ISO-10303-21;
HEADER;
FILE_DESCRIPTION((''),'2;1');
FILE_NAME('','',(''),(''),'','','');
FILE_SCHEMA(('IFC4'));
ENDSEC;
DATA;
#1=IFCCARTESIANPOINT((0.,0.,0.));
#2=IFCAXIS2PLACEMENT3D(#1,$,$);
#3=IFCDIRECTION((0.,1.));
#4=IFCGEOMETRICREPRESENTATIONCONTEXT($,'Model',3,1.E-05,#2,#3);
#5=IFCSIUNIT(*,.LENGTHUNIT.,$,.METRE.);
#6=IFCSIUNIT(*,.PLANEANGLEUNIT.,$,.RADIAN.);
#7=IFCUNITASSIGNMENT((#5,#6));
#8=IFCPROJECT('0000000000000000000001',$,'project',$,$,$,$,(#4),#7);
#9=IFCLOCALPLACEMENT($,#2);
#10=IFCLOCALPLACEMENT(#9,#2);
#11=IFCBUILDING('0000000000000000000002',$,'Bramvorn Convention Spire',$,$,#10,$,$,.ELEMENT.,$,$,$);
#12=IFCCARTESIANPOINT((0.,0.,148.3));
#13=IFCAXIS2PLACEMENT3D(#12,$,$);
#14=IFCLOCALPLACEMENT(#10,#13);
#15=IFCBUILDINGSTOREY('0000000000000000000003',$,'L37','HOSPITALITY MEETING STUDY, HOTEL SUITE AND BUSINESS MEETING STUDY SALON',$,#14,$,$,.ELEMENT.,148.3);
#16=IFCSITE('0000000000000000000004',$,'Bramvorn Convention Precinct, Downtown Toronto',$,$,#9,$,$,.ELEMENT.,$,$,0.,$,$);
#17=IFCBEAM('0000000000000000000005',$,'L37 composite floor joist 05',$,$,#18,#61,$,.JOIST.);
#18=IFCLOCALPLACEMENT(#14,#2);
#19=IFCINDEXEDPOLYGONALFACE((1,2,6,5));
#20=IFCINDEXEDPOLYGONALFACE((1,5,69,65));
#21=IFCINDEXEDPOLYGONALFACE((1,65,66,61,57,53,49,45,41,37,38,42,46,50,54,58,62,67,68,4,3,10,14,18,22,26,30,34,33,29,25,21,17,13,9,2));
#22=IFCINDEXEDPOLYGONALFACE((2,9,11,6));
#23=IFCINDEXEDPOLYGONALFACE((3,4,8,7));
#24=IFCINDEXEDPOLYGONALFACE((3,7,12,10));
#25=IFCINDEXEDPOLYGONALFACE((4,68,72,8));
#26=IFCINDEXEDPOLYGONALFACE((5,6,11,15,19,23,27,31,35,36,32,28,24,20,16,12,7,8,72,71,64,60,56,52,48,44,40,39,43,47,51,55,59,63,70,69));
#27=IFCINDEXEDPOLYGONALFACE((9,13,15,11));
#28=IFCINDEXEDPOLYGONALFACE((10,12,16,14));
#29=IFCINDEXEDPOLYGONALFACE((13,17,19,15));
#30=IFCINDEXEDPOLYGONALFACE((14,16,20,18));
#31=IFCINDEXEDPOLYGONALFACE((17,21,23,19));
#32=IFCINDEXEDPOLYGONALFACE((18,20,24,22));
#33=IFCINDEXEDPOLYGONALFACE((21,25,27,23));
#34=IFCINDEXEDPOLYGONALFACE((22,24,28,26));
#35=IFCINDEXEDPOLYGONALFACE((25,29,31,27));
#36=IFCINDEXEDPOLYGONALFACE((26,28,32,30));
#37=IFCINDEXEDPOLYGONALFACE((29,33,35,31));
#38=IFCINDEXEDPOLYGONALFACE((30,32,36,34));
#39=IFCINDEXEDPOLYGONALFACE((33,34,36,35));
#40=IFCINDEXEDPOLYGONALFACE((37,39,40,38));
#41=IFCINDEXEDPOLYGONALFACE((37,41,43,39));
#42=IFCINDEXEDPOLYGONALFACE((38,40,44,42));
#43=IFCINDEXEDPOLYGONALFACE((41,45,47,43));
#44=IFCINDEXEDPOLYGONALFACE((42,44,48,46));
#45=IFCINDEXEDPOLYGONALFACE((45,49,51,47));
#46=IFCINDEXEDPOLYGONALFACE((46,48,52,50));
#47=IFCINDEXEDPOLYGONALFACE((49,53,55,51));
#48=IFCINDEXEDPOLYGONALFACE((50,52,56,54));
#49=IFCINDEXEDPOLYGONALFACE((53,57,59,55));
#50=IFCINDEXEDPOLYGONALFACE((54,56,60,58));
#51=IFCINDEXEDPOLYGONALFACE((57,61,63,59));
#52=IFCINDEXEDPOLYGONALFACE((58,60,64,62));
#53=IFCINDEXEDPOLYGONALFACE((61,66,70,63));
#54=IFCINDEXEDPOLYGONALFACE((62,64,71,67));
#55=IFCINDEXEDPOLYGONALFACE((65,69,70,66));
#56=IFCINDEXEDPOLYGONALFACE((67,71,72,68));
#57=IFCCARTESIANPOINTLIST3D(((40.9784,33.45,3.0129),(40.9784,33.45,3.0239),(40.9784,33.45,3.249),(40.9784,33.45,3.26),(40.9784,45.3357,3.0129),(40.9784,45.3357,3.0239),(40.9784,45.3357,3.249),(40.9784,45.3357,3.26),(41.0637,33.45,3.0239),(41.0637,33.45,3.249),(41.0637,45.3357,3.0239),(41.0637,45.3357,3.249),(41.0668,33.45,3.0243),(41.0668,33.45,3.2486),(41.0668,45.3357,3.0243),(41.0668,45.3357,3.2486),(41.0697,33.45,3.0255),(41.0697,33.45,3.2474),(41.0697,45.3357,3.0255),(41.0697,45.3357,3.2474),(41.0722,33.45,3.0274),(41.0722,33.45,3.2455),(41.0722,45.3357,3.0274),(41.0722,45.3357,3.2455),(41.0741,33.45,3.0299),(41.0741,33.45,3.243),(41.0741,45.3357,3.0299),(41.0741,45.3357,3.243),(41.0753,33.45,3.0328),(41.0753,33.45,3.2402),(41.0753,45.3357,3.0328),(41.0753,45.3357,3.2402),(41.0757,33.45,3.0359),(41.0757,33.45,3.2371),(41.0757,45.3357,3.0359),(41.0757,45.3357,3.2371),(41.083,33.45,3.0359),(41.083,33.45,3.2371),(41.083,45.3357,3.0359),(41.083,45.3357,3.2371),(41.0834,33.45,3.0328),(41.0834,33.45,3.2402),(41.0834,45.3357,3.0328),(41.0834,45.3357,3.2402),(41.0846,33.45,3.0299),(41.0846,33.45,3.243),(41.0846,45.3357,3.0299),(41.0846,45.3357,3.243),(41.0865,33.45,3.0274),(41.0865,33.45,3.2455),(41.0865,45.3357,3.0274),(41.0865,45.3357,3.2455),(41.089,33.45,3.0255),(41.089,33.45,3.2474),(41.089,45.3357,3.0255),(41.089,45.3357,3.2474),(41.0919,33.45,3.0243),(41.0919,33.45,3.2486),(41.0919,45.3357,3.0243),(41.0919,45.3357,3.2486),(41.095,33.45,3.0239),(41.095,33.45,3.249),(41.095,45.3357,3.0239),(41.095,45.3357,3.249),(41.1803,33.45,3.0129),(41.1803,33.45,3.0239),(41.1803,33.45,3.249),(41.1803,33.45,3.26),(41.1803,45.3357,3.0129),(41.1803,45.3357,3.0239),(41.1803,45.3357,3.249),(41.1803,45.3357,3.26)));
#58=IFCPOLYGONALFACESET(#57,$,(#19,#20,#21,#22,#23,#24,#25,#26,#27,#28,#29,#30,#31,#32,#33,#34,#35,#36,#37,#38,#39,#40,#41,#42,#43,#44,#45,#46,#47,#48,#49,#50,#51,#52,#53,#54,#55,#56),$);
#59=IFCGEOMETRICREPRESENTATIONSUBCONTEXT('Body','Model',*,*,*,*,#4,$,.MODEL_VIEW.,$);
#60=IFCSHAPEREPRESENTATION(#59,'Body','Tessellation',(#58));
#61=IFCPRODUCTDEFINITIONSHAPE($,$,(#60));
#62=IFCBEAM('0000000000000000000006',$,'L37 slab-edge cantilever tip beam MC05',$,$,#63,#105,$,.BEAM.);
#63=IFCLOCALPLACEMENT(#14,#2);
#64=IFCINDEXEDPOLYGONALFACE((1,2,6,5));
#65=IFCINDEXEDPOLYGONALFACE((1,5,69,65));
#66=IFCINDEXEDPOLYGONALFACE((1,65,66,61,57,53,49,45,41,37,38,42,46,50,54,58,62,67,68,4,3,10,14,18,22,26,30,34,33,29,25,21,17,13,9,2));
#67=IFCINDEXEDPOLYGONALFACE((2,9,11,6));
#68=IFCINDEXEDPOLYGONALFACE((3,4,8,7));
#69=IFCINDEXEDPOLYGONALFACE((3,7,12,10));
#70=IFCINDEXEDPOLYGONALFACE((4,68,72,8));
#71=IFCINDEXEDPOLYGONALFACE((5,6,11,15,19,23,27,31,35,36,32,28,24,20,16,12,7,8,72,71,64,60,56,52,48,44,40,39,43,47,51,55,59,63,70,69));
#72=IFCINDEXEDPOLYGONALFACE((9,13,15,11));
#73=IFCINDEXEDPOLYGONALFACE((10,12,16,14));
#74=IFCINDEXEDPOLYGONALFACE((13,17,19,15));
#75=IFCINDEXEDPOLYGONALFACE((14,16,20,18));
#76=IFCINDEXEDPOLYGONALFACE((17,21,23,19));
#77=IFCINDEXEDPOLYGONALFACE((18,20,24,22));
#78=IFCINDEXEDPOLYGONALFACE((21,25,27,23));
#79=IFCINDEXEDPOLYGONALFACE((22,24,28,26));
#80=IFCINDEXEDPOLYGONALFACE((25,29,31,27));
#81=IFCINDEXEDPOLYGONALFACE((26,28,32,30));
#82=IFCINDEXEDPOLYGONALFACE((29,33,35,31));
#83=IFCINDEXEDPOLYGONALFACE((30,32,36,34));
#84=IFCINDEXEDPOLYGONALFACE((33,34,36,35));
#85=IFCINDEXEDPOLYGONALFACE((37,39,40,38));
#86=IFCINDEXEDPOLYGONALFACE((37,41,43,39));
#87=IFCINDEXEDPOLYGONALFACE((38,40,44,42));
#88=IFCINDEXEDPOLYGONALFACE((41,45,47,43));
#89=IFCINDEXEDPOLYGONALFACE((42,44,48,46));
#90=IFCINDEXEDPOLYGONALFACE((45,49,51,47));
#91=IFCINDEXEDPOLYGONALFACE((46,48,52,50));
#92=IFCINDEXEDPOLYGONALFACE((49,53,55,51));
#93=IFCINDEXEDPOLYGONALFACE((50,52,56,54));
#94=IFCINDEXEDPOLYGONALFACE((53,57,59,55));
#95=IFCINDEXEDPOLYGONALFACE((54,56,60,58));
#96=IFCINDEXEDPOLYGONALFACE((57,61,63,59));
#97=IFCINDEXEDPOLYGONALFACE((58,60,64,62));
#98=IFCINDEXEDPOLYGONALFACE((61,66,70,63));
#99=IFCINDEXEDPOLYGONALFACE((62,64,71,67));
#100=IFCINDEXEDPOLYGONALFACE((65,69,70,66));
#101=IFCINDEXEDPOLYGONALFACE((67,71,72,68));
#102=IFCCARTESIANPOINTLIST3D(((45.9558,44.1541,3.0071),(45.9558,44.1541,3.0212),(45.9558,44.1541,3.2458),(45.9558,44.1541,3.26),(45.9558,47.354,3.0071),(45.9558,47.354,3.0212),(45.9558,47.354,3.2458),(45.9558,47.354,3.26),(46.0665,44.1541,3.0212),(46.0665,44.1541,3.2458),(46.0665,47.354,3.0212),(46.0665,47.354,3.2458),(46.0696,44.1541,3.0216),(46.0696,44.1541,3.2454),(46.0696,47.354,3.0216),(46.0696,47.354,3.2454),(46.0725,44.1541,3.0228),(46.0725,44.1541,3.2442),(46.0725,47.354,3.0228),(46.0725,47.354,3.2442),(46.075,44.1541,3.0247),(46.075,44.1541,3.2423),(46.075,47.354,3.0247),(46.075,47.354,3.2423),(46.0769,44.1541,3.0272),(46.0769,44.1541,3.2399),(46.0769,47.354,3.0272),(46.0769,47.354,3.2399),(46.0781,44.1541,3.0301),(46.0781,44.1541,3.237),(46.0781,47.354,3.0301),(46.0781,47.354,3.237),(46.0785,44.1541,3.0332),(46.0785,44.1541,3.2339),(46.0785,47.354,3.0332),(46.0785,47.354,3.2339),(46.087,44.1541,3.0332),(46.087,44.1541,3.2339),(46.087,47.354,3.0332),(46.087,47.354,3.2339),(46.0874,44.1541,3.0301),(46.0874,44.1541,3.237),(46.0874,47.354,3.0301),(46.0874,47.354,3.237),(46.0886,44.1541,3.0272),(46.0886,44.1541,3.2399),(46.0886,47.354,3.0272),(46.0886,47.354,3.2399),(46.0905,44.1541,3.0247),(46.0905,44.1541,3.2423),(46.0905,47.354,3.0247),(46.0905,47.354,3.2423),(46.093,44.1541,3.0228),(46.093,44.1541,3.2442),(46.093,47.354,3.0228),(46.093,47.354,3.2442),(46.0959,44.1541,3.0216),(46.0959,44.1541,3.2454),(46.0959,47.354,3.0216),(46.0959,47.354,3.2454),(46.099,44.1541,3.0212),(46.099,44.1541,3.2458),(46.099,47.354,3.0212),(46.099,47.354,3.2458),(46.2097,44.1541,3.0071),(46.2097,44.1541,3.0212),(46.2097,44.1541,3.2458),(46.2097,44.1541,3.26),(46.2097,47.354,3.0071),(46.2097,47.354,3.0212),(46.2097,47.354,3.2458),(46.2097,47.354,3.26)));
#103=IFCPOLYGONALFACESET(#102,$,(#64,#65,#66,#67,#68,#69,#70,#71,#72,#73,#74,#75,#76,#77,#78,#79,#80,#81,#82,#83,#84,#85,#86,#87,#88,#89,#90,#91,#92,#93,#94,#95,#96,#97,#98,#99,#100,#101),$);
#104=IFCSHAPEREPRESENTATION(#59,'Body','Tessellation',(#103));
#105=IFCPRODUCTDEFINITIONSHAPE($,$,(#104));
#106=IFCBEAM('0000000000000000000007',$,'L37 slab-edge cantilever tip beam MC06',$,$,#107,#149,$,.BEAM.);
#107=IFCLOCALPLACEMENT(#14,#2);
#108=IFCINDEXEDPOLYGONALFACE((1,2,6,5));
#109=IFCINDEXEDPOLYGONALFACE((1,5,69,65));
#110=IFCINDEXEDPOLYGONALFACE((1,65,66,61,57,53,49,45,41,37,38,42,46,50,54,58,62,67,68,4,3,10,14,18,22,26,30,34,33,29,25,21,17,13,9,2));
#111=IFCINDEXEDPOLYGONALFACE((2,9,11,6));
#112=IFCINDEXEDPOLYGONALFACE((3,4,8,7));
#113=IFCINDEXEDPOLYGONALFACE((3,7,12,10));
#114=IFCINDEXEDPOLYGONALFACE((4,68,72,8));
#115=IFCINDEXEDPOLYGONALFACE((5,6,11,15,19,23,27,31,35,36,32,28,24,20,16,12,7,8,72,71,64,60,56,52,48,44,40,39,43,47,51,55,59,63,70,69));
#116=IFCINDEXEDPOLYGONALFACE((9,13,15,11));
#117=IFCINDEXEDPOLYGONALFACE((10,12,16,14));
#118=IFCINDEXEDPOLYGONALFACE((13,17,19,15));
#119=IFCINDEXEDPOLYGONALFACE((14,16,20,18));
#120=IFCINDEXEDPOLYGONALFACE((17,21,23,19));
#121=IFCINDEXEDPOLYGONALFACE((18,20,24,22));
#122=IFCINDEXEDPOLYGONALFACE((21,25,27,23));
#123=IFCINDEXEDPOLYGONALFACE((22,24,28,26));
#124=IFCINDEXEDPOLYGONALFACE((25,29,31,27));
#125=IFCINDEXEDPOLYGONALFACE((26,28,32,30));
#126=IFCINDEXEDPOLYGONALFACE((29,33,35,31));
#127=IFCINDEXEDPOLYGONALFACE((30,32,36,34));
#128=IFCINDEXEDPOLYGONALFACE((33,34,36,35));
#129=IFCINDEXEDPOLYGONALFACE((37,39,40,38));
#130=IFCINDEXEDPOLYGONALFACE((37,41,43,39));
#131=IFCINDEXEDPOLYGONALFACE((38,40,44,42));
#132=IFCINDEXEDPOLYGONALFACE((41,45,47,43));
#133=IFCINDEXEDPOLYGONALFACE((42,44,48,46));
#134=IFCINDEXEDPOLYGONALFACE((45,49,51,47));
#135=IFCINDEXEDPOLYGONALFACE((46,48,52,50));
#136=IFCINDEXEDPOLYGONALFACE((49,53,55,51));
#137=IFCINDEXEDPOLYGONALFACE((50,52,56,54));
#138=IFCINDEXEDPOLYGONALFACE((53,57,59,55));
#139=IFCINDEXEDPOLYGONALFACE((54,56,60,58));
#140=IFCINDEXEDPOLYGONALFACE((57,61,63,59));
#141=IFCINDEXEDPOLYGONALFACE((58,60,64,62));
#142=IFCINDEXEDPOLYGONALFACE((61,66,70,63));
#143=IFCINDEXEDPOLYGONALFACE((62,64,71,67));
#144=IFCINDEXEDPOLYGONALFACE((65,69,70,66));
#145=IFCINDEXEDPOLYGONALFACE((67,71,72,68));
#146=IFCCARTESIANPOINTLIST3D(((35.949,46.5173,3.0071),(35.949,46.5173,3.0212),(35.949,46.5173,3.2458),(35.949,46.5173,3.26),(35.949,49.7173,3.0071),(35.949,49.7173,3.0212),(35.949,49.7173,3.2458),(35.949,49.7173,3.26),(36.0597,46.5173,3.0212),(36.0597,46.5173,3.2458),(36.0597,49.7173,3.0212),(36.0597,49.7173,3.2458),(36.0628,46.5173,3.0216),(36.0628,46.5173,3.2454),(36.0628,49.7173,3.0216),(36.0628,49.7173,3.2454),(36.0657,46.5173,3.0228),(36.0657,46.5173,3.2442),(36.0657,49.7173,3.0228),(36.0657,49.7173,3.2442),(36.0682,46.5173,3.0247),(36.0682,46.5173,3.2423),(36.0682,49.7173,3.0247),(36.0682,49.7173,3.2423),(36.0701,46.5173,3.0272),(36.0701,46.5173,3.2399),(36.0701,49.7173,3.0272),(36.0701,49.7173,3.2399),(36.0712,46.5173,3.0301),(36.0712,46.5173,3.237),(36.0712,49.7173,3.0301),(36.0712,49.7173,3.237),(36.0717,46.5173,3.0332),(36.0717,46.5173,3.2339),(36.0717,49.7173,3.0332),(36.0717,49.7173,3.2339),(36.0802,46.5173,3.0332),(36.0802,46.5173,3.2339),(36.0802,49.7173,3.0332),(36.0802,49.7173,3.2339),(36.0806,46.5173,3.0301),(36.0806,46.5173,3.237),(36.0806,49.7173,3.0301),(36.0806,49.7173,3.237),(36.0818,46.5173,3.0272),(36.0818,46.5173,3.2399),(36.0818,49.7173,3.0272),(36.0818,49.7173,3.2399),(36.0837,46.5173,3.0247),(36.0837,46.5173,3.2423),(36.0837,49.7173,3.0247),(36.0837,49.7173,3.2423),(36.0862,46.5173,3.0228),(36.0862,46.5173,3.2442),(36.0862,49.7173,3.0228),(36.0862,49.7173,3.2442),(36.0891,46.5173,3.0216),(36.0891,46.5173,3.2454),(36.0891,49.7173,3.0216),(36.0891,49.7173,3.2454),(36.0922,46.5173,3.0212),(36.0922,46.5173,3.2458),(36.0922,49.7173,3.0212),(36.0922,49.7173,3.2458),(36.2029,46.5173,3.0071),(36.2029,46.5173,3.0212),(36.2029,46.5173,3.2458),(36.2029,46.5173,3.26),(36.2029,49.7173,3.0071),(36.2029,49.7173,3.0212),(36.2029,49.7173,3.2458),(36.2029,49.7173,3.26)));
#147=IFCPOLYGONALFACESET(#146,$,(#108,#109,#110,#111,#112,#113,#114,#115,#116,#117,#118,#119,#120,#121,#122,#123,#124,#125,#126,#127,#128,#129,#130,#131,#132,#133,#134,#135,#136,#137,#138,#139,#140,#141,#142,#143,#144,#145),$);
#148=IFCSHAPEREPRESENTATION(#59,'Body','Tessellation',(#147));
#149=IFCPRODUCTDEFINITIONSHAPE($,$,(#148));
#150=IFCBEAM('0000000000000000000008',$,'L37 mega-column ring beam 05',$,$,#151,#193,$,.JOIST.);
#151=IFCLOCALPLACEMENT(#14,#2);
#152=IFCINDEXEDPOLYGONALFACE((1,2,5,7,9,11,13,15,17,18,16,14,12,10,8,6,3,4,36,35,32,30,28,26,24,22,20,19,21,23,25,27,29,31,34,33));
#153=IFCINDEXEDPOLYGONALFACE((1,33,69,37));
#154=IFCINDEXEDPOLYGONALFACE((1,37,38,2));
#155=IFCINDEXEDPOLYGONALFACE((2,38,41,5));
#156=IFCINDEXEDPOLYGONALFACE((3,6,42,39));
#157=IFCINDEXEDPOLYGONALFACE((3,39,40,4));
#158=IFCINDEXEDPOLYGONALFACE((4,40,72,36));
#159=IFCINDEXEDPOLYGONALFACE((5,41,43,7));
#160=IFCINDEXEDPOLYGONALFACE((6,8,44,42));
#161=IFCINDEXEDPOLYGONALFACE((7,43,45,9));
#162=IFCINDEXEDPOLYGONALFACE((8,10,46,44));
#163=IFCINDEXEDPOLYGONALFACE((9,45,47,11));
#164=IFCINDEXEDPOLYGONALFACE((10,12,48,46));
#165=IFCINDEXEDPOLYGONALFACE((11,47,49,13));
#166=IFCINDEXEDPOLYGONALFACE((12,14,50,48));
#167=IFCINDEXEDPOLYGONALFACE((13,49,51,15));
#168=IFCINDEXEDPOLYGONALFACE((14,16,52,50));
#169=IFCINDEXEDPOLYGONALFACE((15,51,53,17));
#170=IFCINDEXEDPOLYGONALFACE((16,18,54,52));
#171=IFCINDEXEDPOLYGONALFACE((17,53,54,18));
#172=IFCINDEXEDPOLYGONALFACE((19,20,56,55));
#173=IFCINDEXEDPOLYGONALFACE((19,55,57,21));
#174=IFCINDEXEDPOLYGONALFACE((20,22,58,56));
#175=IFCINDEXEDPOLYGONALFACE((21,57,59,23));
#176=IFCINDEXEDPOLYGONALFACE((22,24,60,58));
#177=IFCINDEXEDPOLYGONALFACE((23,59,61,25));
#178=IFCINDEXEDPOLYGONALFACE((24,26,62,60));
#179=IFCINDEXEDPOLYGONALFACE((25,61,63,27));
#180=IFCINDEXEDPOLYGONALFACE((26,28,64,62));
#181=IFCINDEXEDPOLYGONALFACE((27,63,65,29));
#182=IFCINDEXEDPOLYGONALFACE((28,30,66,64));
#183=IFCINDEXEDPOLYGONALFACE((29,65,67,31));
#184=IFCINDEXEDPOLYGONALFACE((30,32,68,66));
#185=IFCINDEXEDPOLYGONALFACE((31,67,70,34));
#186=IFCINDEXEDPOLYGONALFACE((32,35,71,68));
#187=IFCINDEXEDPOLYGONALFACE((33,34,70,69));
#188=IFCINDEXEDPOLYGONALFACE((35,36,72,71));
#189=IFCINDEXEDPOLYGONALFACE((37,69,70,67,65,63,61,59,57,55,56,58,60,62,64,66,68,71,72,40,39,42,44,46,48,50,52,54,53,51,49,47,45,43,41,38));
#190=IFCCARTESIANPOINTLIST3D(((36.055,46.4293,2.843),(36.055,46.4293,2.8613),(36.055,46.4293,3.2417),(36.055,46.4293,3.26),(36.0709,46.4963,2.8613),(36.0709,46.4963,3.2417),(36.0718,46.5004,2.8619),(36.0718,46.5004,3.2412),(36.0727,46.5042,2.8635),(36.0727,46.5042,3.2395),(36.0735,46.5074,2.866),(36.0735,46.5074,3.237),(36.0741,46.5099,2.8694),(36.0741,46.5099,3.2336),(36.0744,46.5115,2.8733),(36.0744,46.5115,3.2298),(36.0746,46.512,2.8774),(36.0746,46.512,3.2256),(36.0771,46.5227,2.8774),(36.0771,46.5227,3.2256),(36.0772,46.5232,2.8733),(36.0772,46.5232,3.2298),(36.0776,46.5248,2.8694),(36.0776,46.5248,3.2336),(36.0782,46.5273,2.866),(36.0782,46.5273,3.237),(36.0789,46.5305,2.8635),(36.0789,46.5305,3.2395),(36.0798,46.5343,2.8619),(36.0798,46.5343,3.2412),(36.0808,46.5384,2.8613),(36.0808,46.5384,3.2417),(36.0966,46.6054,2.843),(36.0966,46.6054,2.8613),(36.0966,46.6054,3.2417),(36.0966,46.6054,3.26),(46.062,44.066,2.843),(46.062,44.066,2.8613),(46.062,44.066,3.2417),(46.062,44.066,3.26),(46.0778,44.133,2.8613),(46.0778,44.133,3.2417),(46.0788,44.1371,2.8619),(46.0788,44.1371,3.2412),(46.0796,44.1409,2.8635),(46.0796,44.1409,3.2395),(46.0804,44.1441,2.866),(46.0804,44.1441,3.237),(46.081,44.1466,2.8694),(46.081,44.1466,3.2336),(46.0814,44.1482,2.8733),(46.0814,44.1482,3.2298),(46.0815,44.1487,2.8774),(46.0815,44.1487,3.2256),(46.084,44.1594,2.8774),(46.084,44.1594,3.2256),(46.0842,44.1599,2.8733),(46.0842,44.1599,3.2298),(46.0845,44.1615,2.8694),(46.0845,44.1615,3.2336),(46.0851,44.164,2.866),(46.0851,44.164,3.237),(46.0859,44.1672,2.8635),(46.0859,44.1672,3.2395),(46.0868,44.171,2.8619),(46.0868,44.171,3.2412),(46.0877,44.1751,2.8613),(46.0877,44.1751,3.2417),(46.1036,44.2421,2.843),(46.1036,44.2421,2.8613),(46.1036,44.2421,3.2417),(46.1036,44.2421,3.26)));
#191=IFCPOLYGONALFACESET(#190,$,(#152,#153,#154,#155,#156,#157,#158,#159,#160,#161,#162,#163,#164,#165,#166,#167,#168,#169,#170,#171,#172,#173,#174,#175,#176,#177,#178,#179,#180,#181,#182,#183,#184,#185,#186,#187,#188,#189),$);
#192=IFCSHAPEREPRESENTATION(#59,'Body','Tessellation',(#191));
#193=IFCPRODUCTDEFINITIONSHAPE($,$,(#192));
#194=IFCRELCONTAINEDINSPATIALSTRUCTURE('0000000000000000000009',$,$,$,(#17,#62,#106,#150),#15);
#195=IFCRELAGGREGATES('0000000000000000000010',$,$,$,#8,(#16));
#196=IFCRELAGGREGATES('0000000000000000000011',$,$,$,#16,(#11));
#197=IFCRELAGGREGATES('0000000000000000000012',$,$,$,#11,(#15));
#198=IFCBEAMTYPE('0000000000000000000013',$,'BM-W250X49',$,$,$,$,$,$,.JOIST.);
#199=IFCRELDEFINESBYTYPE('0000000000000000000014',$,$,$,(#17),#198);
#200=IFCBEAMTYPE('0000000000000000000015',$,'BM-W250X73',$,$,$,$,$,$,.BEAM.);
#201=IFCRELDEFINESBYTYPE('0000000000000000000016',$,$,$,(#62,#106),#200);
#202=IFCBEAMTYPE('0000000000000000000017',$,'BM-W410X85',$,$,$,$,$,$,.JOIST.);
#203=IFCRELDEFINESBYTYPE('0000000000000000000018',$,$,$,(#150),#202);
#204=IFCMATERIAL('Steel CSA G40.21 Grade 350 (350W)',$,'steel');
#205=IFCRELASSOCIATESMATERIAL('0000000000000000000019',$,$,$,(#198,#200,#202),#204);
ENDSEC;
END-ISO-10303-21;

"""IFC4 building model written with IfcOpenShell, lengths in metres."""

from ifc_helpers import new_model, si_unit, direction, frame, origin, origin_2d, place, context, subcontext, project, spatial, i_section, extrude, material, material_profile, profile_set, type_object, element, save


model = new_model("IFC4")

# Units and contexts
model_context = context("Model", 3, precision=1e-05, world=origin(), true_north=direction((0.0, 1.0)))
body_context = subcontext(model_context, "Body", "Model", "MODEL_VIEW")
ifc_project = project(units=[si_unit("LENGTHUNIT", "METRE"), si_unit("PLANEANGLEUNIT", "RADIAN")], contexts=[model_context])

# Site, building, storey
site_placement = place(None, origin())
site = spatial("IfcSite", under=ifc_project, at=site_placement, Name="Bramvorn Convention Precinct, Downtown Toronto", CompositionType="ELEMENT", RefElevation=0.0)
building_placement = place(site_placement, origin())
building = spatial("IfcBuilding", under=site, at=building_placement, Name="Bramvorn Convention Spire", CompositionType="ELEMENT")
storey_placement = place(building_placement, frame((0.0, 0.0, 148.3)))
storey = spatial("IfcBuildingStorey", under=building, at=storey_placement, Name="L37", Description="HOSPITALITY MEETING STUDY, HOTEL SUITE AND BUSINESS MEETING STUDY SALON", CompositionType="ELEMENT", Elevation=148.3)

# Shared definitions
ifc_material_1 = material(Name="Steel CSA G40.21 Grade 350 (350W)", Category="steel")

# Beams
ifc_material_profile_1 = material_profile(ifc_material_1, i_section(OverallWidth=0.2019, OverallDepth=0.2471, WebThickness=0.0073, FlangeThickness=0.011, FilletRadius=0.012, at=origin_2d()))
ifc_profile_set_1 = profile_set([ifc_material_profile_1], Name="Steel CSA G40.21 Grade 350 (350W) - W250X49")
beam_type_1 = type_object("IfcBeamType", Name="BM-W250X49", PredefinedType="JOIST", material=ifc_profile_set_1)
beam_1_placement = place(storey_placement, frame((41.0793, 33.45, 3.1365), z_axis=(0.0, 1.0, 0.0), x_axis=(-1.0, 0.0, 0.0)))
element("IfcBeam", 1, at=beam_1_placement, inside=storey, type_object=beam_type_1, Name="L37 composite floor joist 05", PredefinedType="JOIST", context=body_context, shape_type="SweptSolid", body=[
    extrude(i_section(OverallWidth=0.2019, OverallDepth=0.2471, WebThickness=0.0073, FlangeThickness=0.011, FilletRadius=0.012, at=origin_2d()), origin(), (0.0, 0.0, 1.0), 11.8857),
])
ifc_material_profile_2 = material_profile(ifc_material_1, i_section(OverallWidth=0.2539, OverallDepth=0.2529, WebThickness=0.0085, FlangeThickness=0.0142, FilletRadius=0.012, at=origin_2d()))
ifc_profile_set_2 = profile_set([ifc_material_profile_2], Name="Steel CSA G40.21 Grade 350 (350W) - W250X73")
beam_type_2 = type_object("IfcBeamType", Name="BM-W250X73", PredefinedType="BEAM", material=ifc_profile_set_2)
for number, where, z_axis, x_axis, name in (
    (2, (46.0828, 44.1541, 3.1335), (0.0, 1.0, 0.0), (-1.0, 0.0, 0.0), "L37 slab-edge cantilever tip beam MC05"),
    (3, (36.0759, 46.5173, 3.1335), (0.0, 1.0, 0.0), (-1.0, 0.0, 0.0), "L37 slab-edge cantilever tip beam MC06"),
):
    element("IfcBeam", number, at=place(storey_placement, frame(where, z_axis=z_axis, x_axis=x_axis)), inside=storey, type_object=beam_type_2, Name=name, PredefinedType="BEAM", context=body_context, shape_type="SweptSolid", body=[
        extrude(i_section(OverallWidth=0.2539, OverallDepth=0.2529, WebThickness=0.0085, FlangeThickness=0.0142, FilletRadius=0.012, at=origin_2d()), origin(), (0.0, 0.0, 1.0), 3.2),
    ])
ifc_material_profile_3 = material_profile(ifc_material_1, i_section(OverallWidth=0.1809, OverallDepth=0.417, WebThickness=0.011, FlangeThickness=0.0183, FilletRadius=0.0161, at=origin_2d()))
ifc_profile_set_3 = profile_set([ifc_material_profile_3], Name="Steel CSA G40.21 Grade 350 (350W) - W410X85")
beam_type_3 = type_object("IfcBeamType", Name="BM-W410X85", PredefinedType="JOIST", material=ifc_profile_set_3)
beam_2_placement = place(storey_placement, frame((46.0828, 44.1541, 3.0515), z_axis=(-0.973228, 0.229844, 0.0), x_axis=(-0.229844, -0.973228, 0.0)))
element("IfcBeam", 4, at=beam_2_placement, inside=storey, type_object=beam_type_3, Name="L37 mega-column ring beam 05", PredefinedType="JOIST", context=body_context, shape_type="SweptSolid", body=[
    extrude(i_section(OverallWidth=0.1809, OverallDepth=0.417, WebThickness=0.011, FlangeThickness=0.0183, FilletRadius=0.0161, at=origin_2d()), origin(), (0.0, 0.0, 1.0), 10.2822),
])

save(model, "model.ifc")
